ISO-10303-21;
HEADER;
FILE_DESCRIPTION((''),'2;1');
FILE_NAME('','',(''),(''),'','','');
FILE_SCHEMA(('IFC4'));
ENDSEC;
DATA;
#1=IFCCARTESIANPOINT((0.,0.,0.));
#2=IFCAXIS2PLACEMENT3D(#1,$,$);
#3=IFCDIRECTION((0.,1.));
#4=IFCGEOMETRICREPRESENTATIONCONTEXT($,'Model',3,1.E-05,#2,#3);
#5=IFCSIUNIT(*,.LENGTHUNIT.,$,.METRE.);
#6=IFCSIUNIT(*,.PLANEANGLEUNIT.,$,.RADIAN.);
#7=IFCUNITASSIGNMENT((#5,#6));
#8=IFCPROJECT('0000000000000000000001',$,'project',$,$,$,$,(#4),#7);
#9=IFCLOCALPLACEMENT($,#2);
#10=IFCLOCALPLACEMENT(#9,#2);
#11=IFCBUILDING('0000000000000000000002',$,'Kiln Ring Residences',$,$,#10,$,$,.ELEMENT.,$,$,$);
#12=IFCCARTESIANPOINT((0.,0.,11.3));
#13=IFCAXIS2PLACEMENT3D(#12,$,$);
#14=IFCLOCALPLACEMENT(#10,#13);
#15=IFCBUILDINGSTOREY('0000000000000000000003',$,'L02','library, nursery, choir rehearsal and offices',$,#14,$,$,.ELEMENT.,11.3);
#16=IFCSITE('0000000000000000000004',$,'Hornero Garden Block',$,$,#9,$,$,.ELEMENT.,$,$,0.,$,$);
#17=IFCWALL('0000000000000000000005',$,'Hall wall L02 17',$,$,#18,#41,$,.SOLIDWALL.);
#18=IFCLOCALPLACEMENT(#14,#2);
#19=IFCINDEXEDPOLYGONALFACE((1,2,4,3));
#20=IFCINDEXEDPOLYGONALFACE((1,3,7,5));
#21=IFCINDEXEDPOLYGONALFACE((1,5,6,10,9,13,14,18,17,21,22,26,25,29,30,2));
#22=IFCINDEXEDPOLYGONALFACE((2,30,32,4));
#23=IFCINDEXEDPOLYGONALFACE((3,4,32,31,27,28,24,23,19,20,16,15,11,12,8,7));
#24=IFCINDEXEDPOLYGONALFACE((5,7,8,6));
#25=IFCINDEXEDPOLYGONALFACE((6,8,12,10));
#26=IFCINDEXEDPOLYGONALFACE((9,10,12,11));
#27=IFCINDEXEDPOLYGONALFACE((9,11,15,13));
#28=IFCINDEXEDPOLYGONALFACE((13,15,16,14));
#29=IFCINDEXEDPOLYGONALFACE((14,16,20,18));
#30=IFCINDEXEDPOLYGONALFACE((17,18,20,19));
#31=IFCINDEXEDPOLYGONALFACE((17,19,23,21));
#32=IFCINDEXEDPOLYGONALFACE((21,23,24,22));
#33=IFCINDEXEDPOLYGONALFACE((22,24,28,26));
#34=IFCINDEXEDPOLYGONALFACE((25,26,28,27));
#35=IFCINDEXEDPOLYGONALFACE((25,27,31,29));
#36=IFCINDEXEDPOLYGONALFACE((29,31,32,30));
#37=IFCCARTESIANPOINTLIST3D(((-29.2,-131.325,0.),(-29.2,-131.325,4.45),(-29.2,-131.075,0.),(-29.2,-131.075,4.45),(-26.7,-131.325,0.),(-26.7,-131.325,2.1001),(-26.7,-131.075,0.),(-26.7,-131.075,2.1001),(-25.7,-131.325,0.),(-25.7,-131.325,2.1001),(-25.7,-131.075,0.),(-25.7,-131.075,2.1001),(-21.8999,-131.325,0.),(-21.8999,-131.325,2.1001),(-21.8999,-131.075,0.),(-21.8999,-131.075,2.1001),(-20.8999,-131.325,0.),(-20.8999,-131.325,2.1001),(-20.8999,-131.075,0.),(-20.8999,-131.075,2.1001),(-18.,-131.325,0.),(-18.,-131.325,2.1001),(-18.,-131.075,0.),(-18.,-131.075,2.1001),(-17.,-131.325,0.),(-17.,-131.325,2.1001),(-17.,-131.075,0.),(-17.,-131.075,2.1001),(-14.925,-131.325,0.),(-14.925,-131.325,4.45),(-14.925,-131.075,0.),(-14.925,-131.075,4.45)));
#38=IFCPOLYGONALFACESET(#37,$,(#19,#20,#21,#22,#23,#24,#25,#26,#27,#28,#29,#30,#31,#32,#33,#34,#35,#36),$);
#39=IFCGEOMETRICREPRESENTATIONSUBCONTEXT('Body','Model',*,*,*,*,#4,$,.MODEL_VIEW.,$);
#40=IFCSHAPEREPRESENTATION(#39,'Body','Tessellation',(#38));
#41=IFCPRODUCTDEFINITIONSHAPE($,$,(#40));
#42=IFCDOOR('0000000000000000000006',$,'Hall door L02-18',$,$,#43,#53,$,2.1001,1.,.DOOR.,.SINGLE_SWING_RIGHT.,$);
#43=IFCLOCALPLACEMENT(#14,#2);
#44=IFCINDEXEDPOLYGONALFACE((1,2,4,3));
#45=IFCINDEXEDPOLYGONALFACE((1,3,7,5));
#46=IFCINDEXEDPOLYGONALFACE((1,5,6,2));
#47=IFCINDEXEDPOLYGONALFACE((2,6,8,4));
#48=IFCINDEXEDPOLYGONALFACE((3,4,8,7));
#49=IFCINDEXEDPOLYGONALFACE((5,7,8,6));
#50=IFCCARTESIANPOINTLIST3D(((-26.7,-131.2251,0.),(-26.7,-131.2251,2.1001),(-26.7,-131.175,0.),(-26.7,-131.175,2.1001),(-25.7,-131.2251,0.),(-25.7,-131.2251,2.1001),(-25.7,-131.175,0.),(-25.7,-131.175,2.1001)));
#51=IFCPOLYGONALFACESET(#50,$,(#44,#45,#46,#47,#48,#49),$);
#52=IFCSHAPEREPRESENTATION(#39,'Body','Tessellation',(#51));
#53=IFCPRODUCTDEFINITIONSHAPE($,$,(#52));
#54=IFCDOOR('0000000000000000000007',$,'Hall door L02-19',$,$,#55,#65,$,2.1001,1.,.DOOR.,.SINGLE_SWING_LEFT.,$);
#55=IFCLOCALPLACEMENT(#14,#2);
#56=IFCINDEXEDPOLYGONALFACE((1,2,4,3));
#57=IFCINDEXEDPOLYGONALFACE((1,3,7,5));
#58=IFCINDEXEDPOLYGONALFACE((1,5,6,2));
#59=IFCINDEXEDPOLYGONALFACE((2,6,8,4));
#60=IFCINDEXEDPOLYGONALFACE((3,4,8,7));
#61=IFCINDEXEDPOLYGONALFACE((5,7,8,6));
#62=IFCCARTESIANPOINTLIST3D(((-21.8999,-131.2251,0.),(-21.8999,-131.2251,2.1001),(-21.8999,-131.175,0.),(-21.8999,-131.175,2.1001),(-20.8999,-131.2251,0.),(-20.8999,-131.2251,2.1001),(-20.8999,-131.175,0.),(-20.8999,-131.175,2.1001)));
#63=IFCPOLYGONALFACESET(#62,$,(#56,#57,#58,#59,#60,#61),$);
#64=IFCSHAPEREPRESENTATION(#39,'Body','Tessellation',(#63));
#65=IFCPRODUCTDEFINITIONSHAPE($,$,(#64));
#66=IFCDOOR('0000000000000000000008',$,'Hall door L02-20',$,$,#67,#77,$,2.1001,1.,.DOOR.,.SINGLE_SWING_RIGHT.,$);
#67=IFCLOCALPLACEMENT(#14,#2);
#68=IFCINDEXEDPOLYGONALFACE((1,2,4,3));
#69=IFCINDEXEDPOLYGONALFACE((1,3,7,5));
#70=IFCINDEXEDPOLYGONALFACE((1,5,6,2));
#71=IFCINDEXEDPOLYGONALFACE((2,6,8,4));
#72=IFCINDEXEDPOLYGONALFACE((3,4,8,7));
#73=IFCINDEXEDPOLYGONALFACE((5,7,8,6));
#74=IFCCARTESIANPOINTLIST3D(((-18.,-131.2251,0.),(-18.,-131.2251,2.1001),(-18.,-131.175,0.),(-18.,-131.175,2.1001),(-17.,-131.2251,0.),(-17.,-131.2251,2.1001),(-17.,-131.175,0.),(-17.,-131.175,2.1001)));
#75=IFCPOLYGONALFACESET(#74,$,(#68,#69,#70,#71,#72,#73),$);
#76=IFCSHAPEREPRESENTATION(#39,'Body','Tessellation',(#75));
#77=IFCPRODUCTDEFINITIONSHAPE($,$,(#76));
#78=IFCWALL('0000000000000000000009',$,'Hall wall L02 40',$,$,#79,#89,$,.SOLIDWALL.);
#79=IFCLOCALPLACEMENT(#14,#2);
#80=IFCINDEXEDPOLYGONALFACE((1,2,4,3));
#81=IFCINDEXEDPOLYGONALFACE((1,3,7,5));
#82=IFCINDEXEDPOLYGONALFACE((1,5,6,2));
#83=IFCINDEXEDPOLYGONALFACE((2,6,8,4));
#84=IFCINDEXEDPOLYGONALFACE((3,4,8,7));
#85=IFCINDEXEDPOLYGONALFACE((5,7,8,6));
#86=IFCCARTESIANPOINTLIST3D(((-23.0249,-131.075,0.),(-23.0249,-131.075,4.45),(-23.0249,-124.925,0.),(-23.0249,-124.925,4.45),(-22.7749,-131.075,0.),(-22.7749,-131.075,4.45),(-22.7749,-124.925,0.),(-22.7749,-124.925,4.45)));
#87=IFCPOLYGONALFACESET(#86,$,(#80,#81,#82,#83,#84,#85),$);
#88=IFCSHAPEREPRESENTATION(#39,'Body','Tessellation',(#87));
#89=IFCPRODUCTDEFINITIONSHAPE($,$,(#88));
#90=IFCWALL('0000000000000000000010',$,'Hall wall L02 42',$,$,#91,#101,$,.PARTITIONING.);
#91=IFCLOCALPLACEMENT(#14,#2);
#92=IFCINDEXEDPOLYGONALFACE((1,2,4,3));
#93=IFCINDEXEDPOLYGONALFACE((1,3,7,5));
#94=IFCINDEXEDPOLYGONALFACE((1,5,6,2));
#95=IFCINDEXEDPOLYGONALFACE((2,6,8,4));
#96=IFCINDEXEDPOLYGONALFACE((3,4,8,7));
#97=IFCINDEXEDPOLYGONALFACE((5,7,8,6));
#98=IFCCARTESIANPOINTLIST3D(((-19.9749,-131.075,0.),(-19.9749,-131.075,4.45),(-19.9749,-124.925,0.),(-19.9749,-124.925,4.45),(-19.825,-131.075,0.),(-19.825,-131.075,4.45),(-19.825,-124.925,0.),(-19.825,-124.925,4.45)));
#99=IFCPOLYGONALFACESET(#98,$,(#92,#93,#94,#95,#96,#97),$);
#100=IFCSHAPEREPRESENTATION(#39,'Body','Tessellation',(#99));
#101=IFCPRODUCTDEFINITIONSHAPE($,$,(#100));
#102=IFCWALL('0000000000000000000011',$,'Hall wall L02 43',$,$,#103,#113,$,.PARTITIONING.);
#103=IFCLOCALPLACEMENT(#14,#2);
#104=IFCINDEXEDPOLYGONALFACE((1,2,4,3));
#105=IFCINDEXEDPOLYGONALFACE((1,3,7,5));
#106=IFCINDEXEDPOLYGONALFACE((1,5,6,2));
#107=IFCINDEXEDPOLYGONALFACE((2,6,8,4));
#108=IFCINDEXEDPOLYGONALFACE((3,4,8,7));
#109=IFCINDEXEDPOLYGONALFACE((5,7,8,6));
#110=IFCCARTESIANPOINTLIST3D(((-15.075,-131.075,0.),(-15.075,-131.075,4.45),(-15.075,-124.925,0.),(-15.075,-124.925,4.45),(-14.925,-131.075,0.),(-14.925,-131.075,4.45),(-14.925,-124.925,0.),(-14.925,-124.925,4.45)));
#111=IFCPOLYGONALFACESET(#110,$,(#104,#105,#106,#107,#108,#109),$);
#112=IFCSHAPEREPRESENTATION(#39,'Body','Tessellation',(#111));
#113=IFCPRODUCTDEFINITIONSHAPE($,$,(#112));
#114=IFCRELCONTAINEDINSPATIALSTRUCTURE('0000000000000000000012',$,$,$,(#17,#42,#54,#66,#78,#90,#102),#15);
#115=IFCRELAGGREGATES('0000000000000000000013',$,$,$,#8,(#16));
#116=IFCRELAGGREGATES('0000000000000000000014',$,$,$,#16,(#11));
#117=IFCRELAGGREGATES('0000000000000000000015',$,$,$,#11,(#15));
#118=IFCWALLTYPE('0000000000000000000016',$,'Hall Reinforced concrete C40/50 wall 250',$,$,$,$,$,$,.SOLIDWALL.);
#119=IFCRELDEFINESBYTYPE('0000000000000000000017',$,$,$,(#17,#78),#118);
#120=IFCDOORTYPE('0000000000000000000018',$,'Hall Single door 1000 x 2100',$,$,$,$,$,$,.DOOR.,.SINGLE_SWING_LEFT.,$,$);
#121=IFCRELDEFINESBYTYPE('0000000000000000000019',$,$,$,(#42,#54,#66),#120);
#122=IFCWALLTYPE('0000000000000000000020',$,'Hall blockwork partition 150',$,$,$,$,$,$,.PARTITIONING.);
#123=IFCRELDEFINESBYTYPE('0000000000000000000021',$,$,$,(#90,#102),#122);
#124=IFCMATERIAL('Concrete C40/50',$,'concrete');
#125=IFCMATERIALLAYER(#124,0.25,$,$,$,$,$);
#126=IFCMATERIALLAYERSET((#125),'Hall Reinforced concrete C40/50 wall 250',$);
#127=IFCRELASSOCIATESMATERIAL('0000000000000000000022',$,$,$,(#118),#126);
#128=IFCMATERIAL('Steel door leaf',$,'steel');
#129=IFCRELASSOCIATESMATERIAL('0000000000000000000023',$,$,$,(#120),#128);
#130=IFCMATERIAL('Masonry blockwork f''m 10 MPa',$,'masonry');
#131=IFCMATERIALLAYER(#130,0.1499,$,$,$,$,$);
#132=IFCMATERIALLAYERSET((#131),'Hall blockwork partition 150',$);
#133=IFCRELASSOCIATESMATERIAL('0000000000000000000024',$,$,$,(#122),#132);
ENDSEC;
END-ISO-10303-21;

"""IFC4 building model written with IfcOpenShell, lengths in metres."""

from ifc_helpers import new_model, si_unit, direction, frame, frame_2d, origin, place, context, subcontext, project, spatial, rectangle, extrude, material, layer, layer_set, type_object, element, fill, save


model = new_model("IFC4")

# Units and contexts
model_context = context("Model", 3, precision=1e-05, world=origin(), true_north=direction((0.0, 1.0)))
body_context = subcontext(model_context, "Body", "Model", "MODEL_VIEW")
ifc_project = project(units=[si_unit("LENGTHUNIT", "METRE"), si_unit("PLANEANGLEUNIT", "RADIAN")], contexts=[model_context])

# Site, building, storey
site_placement = place(None, origin())
site = spatial("IfcSite", under=ifc_project, at=site_placement, Name="Hornero Garden Block", CompositionType="ELEMENT", RefElevation=0.0)
building_placement = place(site_placement, origin())
building = spatial("IfcBuilding", under=site, at=building_placement, Name="Kiln Ring Residences", CompositionType="ELEMENT")
storey_placement = place(building_placement, frame((0.0, 0.0, 11.3)))
storey = spatial("IfcBuildingStorey", under=building, at=storey_placement, Name="L02", Description="library, nursery, choir rehearsal and offices", CompositionType="ELEMENT", Elevation=11.3)

# Shared definitions
ifc_material_1 = material(Name="Concrete C40/50", Category="concrete")
ifc_layer_1 = layer(ifc_material_1, 0.25)
ifc_layer_set_1 = layer_set([ifc_layer_1], Name="Hall Reinforced concrete C40/50 wall 250")
wall_type_1 = type_object("IfcWallType", Name="Hall Reinforced concrete C40/50 wall 250", PredefinedType="SOLIDWALL", material=ifc_layer_set_1)

# Wall, openings, doors
wall_1_placement = place(storey_placement, frame((-29.2, -131.2, 0.0), z_axis=(0.0, 0.0, 1.0), x_axis=(1.0, 0.0, 0.0)))
wall_1 = element("IfcWall", 1, at=wall_1_placement, inside=storey, type_object=wall_type_1, Name="Hall wall L02 17", PredefinedType="SOLIDWALL", context=body_context, shape_type="SweptSolid", body=[
    extrude(rectangle(XDim=14.2749, YDim=0.25, at=frame_2d((7.1375, 0.0))), origin(), (0.0, 0.0, 1.0), 4.45),
])
opening_1_placement = place(wall_1_placement, frame((2.5, 0.0, 0.0)))
opening_1 = element("IfcOpeningElement", 2, at=opening_1_placement, cuts=wall_1, PredefinedType="OPENING", context=body_context, shape_type="SweptSolid", body=[
    extrude(rectangle(XDim=1.0, YDim=2.1001, at=frame_2d((0.5, 1.05))), frame((0.0, 0.135, 0.0), z_axis=(0.0, -1.0, 0.0), x_axis=(1.0, 0.0, 0.0)), (0.0, 0.0, 1.0), 0.27),
])
opening_2_placement = place(wall_1_placement, frame((7.3, 0.0, 0.0)))
opening_2 = element("IfcOpeningElement", 3, at=opening_2_placement, cuts=wall_1, PredefinedType="OPENING", context=body_context, shape_type="SweptSolid", body=[
    extrude(rectangle(XDim=1.0, YDim=2.1001, at=frame_2d((0.5, 1.05))), frame((0.0, 0.135, 0.0), z_axis=(0.0, -1.0, 0.0), x_axis=(1.0, 0.0, 0.0)), (0.0, 0.0, 1.0), 0.27),
])
opening_3_placement = place(wall_1_placement, frame((11.2, 0.0, 0.0)))
opening_3 = element("IfcOpeningElement", 4, at=opening_3_placement, cuts=wall_1, PredefinedType="OPENING", context=body_context, shape_type="SweptSolid", body=[
    extrude(rectangle(XDim=1.0, YDim=2.1001, at=frame_2d((0.5, 1.05))), frame((0.0, 0.135, 0.0), z_axis=(0.0, -1.0, 0.0), x_axis=(1.0, 0.0, 0.0)), (0.0, 0.0, 1.0), 0.27),
])
ifc_material_2 = material(Name="Steel door leaf", Category="steel")
door_type_1 = type_object("IfcDoorType", Name="Hall Single door 1000 x 2100", OperationType="SINGLE_SWING_LEFT", PredefinedType="DOOR", material=ifc_material_2)
door_1_placement = place(opening_1_placement, origin())
door_1 = element("IfcDoor", 5, at=door_1_placement, inside=storey, type_object=door_type_1, Name="Hall door L02-18", OperationType="SINGLE_SWING_RIGHT", OverallHeight=2.1001, OverallWidth=1.0, PredefinedType="DOOR", context=body_context, shape_type="SweptSolid", body=[
    extrude(rectangle(XDim=1.0, YDim=2.1001, at=frame_2d((0.5, 1.05))), frame((0.0, 0.0249, 0.0), z_axis=(0.0, -1.0, 0.0), x_axis=(1.0, 0.0, 0.0)), (0.0, 0.0, 1.0), 0.05),
])
fill(opening_1, door_1)
door_2_placement = place(opening_2_placement, origin())
door_2 = element("IfcDoor", 6, at=door_2_placement, inside=storey, type_object=door_type_1, Name="Hall door L02-19", OperationType="SINGLE_SWING_LEFT", OverallHeight=2.1001, OverallWidth=1.0, PredefinedType="DOOR", context=body_context, shape_type="SweptSolid", body=[
    extrude(rectangle(XDim=1.0, YDim=2.1001, at=frame_2d((0.5, 1.05))), frame((0.0, 0.0249, 0.0), z_axis=(0.0, -1.0, 0.0), x_axis=(1.0, 0.0, 0.0)), (0.0, 0.0, 1.0), 0.05),
])
fill(opening_2, door_2)
door_3_placement = place(opening_3_placement, origin())
door_3 = element("IfcDoor", 7, at=door_3_placement, inside=storey, type_object=door_type_1, Name="Hall door L02-20", OperationType="SINGLE_SWING_RIGHT", OverallHeight=2.1001, OverallWidth=1.0, PredefinedType="DOOR", context=body_context, shape_type="SweptSolid", body=[
    extrude(rectangle(XDim=1.0, YDim=2.1001, at=frame_2d((0.5, 1.05))), frame((0.0, 0.0249, 0.0), z_axis=(0.0, -1.0, 0.0), x_axis=(1.0, 0.0, 0.0)), (0.0, 0.0, 1.0), 0.05),
])
fill(opening_3, door_3)

# Walls
wall_2_placement = place(storey_placement, frame((-22.8999, -131.075, 0.0), z_axis=(0.0, 0.0, 1.0), x_axis=(0.0, 1.0, 0.0)))
element("IfcWall", 8, at=wall_2_placement, inside=storey, type_object=wall_type_1, Name="Hall wall L02 40", PredefinedType="SOLIDWALL", context=body_context, shape_type="SweptSolid", body=[
    extrude(rectangle(XDim=6.1499, YDim=0.25, at=frame_2d((3.075, 0.0))), origin(), (0.0, 0.0, 1.0), 4.45),
])
ifc_material_3 = material(Name="Masonry blockwork f'm 10 MPa", Category="masonry")
ifc_layer_2 = layer(ifc_material_3, 0.1499)
ifc_layer_set_2 = layer_set([ifc_layer_2], Name="Hall blockwork partition 150")
wall_type_2 = type_object("IfcWallType", Name="Hall blockwork partition 150", PredefinedType="PARTITIONING", material=ifc_layer_set_2)
for number, where, z_axis, x_axis, name in (
    (9, (-19.8999, -131.075, 0.0), (0.0, 0.0, 1.0), (0.0, 1.0, 0.0), "Hall wall L02 42"),
    (10, (-15.0, -131.075, 0.0), (0.0, 0.0, 1.0), (0.0, 1.0, 0.0), "Hall wall L02 43"),
):
    element("IfcWall", number, at=place(storey_placement, frame(where, z_axis=z_axis, x_axis=x_axis)), inside=storey, type_object=wall_type_2, Name=name, PredefinedType="PARTITIONING", context=body_context, shape_type="SweptSolid", body=[
        extrude(rectangle(XDim=6.1499, YDim=0.1499, at=frame_2d((3.075, 0.0))), origin(), (0.0, 0.0, 1.0), 4.45),
    ])

save(model, "model.ifc")
